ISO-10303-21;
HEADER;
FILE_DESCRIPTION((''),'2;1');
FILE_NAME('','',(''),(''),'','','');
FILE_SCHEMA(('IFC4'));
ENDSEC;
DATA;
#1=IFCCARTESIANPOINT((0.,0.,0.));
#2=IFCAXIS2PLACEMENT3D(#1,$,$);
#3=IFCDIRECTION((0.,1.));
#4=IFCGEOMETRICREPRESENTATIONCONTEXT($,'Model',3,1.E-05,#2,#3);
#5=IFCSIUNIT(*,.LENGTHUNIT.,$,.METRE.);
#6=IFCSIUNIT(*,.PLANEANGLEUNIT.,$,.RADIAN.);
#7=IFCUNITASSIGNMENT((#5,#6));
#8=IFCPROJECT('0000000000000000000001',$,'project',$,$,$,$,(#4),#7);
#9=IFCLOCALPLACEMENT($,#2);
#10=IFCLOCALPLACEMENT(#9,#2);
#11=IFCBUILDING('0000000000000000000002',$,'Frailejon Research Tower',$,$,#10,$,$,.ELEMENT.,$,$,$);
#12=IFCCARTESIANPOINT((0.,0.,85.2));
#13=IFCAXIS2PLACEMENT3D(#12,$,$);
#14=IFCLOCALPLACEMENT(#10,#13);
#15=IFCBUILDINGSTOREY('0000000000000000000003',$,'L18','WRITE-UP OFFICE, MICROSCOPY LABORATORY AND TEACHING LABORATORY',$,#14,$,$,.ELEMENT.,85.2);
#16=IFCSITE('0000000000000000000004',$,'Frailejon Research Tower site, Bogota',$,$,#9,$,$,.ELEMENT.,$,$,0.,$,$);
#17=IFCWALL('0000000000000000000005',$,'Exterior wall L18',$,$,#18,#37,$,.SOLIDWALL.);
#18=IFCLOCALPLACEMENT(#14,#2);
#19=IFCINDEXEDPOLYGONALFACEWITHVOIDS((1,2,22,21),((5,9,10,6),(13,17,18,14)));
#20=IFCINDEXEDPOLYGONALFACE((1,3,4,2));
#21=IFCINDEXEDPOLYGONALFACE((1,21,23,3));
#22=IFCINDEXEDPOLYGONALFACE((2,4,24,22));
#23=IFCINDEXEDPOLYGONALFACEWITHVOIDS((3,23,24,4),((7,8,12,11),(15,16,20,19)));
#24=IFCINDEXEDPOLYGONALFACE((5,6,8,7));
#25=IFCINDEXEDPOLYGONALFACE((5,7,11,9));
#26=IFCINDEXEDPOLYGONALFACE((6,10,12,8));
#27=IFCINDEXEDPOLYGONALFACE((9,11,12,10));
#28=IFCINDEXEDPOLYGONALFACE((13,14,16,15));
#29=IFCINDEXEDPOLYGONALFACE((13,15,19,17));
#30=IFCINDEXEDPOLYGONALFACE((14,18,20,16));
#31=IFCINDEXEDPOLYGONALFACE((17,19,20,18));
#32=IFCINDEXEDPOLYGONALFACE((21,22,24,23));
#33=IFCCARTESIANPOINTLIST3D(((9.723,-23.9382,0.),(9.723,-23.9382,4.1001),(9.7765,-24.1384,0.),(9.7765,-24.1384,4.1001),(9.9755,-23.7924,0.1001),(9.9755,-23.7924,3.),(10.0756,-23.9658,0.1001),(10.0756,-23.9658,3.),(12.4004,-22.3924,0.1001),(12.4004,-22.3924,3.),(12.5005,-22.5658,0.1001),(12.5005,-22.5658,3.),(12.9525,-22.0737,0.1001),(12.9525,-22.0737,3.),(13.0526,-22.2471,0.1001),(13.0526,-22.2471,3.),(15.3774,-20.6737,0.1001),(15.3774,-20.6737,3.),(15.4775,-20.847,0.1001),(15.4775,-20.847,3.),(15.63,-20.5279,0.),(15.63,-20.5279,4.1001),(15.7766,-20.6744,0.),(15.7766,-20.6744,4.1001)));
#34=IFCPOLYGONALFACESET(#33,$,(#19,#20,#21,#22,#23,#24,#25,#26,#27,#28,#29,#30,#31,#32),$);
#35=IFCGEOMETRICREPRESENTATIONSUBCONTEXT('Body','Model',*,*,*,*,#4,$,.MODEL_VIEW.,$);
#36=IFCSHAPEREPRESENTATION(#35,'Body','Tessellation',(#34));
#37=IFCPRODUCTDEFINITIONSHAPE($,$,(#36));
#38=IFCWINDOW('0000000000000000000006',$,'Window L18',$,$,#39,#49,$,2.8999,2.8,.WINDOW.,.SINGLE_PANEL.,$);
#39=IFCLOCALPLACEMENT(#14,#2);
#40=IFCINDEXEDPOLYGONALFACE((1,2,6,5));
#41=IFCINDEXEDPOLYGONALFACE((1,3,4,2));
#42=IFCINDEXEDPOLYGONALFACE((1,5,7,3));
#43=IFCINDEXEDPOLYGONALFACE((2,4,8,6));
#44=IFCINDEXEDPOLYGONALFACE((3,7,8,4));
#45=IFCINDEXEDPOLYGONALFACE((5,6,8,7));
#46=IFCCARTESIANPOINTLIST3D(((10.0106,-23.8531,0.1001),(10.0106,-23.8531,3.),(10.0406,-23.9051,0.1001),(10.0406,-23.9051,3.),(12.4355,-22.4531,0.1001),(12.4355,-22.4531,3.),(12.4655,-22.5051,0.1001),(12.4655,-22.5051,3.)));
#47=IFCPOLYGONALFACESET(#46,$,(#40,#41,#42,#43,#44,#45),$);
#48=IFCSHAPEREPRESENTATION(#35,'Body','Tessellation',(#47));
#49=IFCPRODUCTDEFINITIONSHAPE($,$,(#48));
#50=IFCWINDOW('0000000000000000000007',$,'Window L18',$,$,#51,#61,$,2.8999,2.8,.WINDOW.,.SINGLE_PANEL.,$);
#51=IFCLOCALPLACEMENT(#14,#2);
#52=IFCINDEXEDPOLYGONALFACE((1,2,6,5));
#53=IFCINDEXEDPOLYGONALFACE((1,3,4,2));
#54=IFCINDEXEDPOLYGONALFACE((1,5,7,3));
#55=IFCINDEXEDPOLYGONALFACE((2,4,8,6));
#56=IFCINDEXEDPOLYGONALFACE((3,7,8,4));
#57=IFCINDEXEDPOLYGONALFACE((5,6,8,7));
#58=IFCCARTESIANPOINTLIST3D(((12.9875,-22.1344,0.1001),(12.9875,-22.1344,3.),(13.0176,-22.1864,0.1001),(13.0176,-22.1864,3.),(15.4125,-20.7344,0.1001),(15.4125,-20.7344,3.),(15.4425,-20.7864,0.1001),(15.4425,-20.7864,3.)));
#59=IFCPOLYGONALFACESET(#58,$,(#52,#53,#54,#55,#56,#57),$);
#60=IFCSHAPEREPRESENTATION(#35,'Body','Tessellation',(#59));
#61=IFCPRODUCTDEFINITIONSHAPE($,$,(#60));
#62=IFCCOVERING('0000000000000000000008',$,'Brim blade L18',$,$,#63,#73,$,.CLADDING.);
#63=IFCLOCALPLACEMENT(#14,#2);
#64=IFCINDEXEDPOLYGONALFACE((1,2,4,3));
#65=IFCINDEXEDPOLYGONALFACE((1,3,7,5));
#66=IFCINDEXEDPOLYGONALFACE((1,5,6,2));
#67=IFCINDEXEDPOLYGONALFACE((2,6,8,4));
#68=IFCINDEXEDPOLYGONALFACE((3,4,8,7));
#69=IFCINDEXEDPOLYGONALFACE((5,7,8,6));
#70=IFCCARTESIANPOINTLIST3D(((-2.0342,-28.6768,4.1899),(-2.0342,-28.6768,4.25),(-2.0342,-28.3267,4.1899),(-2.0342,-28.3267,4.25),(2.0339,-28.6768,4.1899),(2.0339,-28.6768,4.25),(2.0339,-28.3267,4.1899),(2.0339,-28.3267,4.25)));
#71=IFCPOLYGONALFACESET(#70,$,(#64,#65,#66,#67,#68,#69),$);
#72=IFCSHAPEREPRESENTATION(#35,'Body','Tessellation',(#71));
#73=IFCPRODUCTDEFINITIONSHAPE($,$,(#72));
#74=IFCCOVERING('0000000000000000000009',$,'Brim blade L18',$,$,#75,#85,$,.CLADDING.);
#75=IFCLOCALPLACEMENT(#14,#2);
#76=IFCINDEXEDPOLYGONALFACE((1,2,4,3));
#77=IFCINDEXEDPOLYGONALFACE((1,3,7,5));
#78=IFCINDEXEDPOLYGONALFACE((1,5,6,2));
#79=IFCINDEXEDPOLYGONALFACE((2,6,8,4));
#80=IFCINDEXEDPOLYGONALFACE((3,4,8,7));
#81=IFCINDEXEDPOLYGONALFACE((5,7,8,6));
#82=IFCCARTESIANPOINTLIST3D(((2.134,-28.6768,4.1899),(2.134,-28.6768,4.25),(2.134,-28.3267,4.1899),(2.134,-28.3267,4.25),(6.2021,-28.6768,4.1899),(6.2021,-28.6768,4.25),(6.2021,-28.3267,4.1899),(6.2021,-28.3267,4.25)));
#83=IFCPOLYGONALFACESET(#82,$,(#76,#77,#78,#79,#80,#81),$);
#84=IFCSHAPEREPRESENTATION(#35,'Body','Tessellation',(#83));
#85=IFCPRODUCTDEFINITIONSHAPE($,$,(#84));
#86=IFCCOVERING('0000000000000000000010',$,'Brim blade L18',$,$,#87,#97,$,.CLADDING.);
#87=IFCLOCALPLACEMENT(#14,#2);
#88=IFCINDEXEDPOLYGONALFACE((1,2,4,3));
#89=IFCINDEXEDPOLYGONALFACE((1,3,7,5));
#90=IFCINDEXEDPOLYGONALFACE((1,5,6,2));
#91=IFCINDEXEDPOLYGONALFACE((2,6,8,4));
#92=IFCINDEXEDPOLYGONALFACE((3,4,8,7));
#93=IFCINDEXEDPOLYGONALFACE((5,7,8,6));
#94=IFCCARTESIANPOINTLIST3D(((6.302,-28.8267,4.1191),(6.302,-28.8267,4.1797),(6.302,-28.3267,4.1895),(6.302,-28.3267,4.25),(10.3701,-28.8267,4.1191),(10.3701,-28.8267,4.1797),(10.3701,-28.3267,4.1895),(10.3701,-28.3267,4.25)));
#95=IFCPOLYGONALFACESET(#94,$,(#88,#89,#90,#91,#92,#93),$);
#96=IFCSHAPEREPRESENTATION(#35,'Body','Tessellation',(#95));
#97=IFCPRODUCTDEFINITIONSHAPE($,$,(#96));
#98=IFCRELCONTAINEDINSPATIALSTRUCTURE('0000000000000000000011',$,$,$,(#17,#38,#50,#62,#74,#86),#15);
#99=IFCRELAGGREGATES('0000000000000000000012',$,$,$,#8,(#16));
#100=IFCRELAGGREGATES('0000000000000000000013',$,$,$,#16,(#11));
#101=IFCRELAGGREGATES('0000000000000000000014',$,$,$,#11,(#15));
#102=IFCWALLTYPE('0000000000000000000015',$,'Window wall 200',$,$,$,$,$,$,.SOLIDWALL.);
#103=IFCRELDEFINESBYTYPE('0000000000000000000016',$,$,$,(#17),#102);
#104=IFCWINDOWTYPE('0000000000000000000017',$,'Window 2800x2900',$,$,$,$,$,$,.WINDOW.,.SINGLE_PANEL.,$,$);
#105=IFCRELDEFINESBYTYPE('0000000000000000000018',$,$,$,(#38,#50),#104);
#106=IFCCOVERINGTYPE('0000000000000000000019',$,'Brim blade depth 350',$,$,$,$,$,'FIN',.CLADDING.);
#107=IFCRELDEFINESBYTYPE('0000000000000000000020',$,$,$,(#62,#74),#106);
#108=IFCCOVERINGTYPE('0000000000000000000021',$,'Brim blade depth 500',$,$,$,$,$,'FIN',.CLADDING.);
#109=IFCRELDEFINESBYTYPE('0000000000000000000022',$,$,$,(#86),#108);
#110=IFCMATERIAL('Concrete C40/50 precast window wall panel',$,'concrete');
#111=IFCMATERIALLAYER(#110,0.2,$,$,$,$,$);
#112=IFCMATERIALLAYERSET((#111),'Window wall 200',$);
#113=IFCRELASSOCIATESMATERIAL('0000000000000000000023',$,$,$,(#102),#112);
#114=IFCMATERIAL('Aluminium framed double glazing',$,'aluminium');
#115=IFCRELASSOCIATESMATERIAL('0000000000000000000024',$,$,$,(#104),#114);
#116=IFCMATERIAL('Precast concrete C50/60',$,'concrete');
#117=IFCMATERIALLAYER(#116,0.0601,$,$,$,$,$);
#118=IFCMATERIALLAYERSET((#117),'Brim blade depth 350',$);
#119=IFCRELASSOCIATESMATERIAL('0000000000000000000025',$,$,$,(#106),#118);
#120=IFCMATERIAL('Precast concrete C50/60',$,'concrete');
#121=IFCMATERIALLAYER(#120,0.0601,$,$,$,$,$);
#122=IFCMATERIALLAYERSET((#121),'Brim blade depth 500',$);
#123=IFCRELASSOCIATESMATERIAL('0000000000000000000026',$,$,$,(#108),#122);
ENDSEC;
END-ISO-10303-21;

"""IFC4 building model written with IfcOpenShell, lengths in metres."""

from ifc_helpers import new_model, si_unit, direction, frame, frame_2d, origin, place, context, subcontext, project, spatial, polyline, rectangle, outline, extrude, material, layer, layer_set, type_object, element, fill, save


model = new_model("IFC4")

# Units and contexts
model_context = context("Model", 3, precision=1e-05, world=origin(), true_north=direction((0.0, 1.0)))
body_context = subcontext(model_context, "Body", "Model", "MODEL_VIEW")
ifc_project = project(units=[si_unit("LENGTHUNIT", "METRE"), si_unit("PLANEANGLEUNIT", "RADIAN")], contexts=[model_context])

# Site, building, storey
site_placement = place(None, origin())
site = spatial("IfcSite", under=ifc_project, at=site_placement, Name="Frailejon Research Tower site, Bogota", CompositionType="ELEMENT", RefElevation=0.0)
building_placement = place(site_placement, origin())
building = spatial("IfcBuilding", under=site, at=building_placement, Name="Frailejon Research Tower", CompositionType="ELEMENT")
storey_placement = place(building_placement, frame((0.0, 0.0, 85.2)))
storey = spatial("IfcBuildingStorey", under=building, at=storey_placement, Name="L18", Description="WRITE-UP OFFICE, MICROSCOPY LABORATORY AND TEACHING LABORATORY", CompositionType="ELEMENT", Elevation=85.2)

# Wall, openings, windows
ifc_material_1 = material(Name="Concrete C40/50 precast window wall panel", Category="concrete")
ifc_layer_1 = layer(ifc_material_1, 0.2)
ifc_layer_set_1 = layer_set([ifc_layer_1], Name="Window wall 200")
wall_type_1 = type_object("IfcWallType", Name="Window wall 200", PredefinedType="SOLIDWALL", material=ifc_layer_set_1)
wall_1_placement = place(storey_placement, frame((9.7498, -24.0383, 0.0), z_axis=(0.0, 0.0, 1.0), x_axis=(0.866029, 0.499993, 0.0)))
wall_1 = element("IfcWall", 1, at=wall_1_placement, inside=storey, type_object=wall_type_1, Name="Exterior wall L18", PredefinedType="SOLIDWALL", context=body_context, shape_type="SweptSolid", body=[
    extrude(outline(polyline([(-0.0269, -0.1001), (1.1279, -0.1001), (2.2825, -0.1001), (3.4373, -0.1001), (4.592, -0.1001), (5.7466, -0.1001), (6.9014, -0.1001), (6.8477, 0.1001), (5.7109, 0.1001), (4.574, 0.1001), (3.4373, 0.1001), (2.3005, 0.1001), (1.1636, 0.1001), (0.0269, 0.1001), (-0.0269, -0.1001)])), origin(), (0.0, 0.0, 1.0), 4.1001),
])
opening_1_placement = place(wall_1_placement, frame((0.3186, 0.0, 0.1001)))
opening_1 = element("IfcOpeningElement", 2, at=opening_1_placement, cuts=wall_1, PredefinedType="OPENING", context=body_context, shape_type="SweptSolid", body=[
    extrude(rectangle(XDim=2.8, YDim=2.8999, at=frame_2d((1.3999, 1.45))), frame((0.0, 0.1099, 0.0), z_axis=(0.0, -1.0, 0.0), x_axis=(1.0, 0.0, 0.0)), (0.0, 0.0, 1.0), 0.22),
])
opening_2_placement = place(wall_1_placement, frame((3.7561, 0.0, 0.1001)))
opening_2 = element("IfcOpeningElement", 3, at=opening_2_placement, cuts=wall_1, PredefinedType="OPENING", context=body_context, shape_type="SweptSolid", body=[
    extrude(rectangle(XDim=2.8, YDim=2.8999, at=frame_2d((1.3999, 1.45))), frame((0.0, 0.1099, 0.0), z_axis=(0.0, -1.0, 0.0), x_axis=(1.0, 0.0, 0.0)), (0.0, 0.0, 1.0), 0.22),
])
ifc_material_2 = material(Name="Aluminium framed double glazing", Category="aluminium")
window_type = type_object("IfcWindowType", Name="Window 2800x2900", PartitioningType="SINGLE_PANEL", PredefinedType="WINDOW", material=ifc_material_2)
window_1_placement = place(opening_1_placement, origin())
window_1 = element("IfcWindow", 4, at=window_1_placement, inside=storey, type_object=window_type, Name="Window L18", OverallHeight=2.8999, OverallWidth=2.8, PartitioningType="SINGLE_PANEL", PredefinedType="WINDOW", context=body_context, shape_type="SweptSolid", body=[
    extrude(rectangle(XDim=2.8, YDim=2.8999, at=frame_2d((1.3999, 1.45))), frame((0.0, 0.03, 0.0), z_axis=(0.0, -1.0, 0.0), x_axis=(1.0, 0.0, 0.0)), (0.0, 0.0, 1.0), 0.0601),
])
fill(opening_1, window_1)
window_2_placement = place(opening_2_placement, origin())
window_2 = element("IfcWindow", 5, at=window_2_placement, inside=storey, type_object=window_type, Name="Window L18", OverallHeight=2.8999, OverallWidth=2.8, PartitioningType="SINGLE_PANEL", PredefinedType="WINDOW", context=body_context, shape_type="SweptSolid", body=[
    extrude(rectangle(XDim=2.8, YDim=2.8999, at=frame_2d((1.3999, 1.45))), frame((0.0, 0.03, 0.0), z_axis=(0.0, -1.0, 0.0), x_axis=(1.0, 0.0, 0.0)), (0.0, 0.0, 1.0), 0.0601),
])
fill(opening_2, window_2)

# Coverings
ifc_material_3 = material(Name="Precast concrete C50/60", Category="concrete")
ifc_layer_2 = layer(ifc_material_3, 0.0601)
ifc_layer_set_2 = layer_set([ifc_layer_2], Name="Brim blade depth 350")
covering_type_1 = type_object("IfcCoveringType", Name="Brim blade depth 350", ElementType="FIN", PredefinedType="CLADDING", material=ifc_layer_set_2)
for number, where, z_axis, x_axis, name in (
    (6, (2.0339, -28.3267, 4.25), (-1.0, 0.0, 0.0), (0.0, -1.0, 0.0), "Brim blade L18"),
    (7, (6.2021, -28.3267, 4.25), (-1.0, 0.0, 0.0), (0.0, -1.0, 0.0), "Brim blade L18"),
):
    element("IfcCovering", number, at=place(storey_placement, frame(where, z_axis=z_axis, x_axis=x_axis)), inside=storey, type_object=covering_type_1, Name=name, PredefinedType="CLADDING", context=body_context, shape_type="SweptSolid", body=[
        extrude(outline(polyline([(0.0, -0.0601), (0.3501, -0.0601), (0.3501, 0.0), (0.0, 0.0), (0.0, -0.0601)])), origin(), (0.0, 0.0, 1.0), 4.0681),
    ])
ifc_material_4 = material(Name="Precast concrete C50/60", Category="concrete")
ifc_layer_3 = layer(ifc_material_4, 0.0601)
ifc_layer_set_3 = layer_set([ifc_layer_3], Name="Brim blade depth 500")
covering_type_2 = type_object("IfcCoveringType", Name="Brim blade depth 500", ElementType="FIN", PredefinedType="CLADDING", material=ifc_layer_set_3)
covering_placement = place(storey_placement, frame((10.3701, -28.3267, 4.25), z_axis=(-1.0, 0.0, 0.0), x_axis=(0.0, -1.0, 0.0)))
element("IfcCovering", 8, at=covering_placement, inside=storey, type_object=covering_type_2, Name="Brim blade L18", PredefinedType="CLADDING", context=body_context, shape_type="SweptSolid", body=[
    extrude(outline(polyline([(0.0, -0.0605), (0.5, -0.1309), (0.5, -0.0703), (0.0, 0.0), (0.0, -0.0605)])), origin(), (0.0, 0.0, 1.0), 4.0681),
])

save(model, "model.ifc")
